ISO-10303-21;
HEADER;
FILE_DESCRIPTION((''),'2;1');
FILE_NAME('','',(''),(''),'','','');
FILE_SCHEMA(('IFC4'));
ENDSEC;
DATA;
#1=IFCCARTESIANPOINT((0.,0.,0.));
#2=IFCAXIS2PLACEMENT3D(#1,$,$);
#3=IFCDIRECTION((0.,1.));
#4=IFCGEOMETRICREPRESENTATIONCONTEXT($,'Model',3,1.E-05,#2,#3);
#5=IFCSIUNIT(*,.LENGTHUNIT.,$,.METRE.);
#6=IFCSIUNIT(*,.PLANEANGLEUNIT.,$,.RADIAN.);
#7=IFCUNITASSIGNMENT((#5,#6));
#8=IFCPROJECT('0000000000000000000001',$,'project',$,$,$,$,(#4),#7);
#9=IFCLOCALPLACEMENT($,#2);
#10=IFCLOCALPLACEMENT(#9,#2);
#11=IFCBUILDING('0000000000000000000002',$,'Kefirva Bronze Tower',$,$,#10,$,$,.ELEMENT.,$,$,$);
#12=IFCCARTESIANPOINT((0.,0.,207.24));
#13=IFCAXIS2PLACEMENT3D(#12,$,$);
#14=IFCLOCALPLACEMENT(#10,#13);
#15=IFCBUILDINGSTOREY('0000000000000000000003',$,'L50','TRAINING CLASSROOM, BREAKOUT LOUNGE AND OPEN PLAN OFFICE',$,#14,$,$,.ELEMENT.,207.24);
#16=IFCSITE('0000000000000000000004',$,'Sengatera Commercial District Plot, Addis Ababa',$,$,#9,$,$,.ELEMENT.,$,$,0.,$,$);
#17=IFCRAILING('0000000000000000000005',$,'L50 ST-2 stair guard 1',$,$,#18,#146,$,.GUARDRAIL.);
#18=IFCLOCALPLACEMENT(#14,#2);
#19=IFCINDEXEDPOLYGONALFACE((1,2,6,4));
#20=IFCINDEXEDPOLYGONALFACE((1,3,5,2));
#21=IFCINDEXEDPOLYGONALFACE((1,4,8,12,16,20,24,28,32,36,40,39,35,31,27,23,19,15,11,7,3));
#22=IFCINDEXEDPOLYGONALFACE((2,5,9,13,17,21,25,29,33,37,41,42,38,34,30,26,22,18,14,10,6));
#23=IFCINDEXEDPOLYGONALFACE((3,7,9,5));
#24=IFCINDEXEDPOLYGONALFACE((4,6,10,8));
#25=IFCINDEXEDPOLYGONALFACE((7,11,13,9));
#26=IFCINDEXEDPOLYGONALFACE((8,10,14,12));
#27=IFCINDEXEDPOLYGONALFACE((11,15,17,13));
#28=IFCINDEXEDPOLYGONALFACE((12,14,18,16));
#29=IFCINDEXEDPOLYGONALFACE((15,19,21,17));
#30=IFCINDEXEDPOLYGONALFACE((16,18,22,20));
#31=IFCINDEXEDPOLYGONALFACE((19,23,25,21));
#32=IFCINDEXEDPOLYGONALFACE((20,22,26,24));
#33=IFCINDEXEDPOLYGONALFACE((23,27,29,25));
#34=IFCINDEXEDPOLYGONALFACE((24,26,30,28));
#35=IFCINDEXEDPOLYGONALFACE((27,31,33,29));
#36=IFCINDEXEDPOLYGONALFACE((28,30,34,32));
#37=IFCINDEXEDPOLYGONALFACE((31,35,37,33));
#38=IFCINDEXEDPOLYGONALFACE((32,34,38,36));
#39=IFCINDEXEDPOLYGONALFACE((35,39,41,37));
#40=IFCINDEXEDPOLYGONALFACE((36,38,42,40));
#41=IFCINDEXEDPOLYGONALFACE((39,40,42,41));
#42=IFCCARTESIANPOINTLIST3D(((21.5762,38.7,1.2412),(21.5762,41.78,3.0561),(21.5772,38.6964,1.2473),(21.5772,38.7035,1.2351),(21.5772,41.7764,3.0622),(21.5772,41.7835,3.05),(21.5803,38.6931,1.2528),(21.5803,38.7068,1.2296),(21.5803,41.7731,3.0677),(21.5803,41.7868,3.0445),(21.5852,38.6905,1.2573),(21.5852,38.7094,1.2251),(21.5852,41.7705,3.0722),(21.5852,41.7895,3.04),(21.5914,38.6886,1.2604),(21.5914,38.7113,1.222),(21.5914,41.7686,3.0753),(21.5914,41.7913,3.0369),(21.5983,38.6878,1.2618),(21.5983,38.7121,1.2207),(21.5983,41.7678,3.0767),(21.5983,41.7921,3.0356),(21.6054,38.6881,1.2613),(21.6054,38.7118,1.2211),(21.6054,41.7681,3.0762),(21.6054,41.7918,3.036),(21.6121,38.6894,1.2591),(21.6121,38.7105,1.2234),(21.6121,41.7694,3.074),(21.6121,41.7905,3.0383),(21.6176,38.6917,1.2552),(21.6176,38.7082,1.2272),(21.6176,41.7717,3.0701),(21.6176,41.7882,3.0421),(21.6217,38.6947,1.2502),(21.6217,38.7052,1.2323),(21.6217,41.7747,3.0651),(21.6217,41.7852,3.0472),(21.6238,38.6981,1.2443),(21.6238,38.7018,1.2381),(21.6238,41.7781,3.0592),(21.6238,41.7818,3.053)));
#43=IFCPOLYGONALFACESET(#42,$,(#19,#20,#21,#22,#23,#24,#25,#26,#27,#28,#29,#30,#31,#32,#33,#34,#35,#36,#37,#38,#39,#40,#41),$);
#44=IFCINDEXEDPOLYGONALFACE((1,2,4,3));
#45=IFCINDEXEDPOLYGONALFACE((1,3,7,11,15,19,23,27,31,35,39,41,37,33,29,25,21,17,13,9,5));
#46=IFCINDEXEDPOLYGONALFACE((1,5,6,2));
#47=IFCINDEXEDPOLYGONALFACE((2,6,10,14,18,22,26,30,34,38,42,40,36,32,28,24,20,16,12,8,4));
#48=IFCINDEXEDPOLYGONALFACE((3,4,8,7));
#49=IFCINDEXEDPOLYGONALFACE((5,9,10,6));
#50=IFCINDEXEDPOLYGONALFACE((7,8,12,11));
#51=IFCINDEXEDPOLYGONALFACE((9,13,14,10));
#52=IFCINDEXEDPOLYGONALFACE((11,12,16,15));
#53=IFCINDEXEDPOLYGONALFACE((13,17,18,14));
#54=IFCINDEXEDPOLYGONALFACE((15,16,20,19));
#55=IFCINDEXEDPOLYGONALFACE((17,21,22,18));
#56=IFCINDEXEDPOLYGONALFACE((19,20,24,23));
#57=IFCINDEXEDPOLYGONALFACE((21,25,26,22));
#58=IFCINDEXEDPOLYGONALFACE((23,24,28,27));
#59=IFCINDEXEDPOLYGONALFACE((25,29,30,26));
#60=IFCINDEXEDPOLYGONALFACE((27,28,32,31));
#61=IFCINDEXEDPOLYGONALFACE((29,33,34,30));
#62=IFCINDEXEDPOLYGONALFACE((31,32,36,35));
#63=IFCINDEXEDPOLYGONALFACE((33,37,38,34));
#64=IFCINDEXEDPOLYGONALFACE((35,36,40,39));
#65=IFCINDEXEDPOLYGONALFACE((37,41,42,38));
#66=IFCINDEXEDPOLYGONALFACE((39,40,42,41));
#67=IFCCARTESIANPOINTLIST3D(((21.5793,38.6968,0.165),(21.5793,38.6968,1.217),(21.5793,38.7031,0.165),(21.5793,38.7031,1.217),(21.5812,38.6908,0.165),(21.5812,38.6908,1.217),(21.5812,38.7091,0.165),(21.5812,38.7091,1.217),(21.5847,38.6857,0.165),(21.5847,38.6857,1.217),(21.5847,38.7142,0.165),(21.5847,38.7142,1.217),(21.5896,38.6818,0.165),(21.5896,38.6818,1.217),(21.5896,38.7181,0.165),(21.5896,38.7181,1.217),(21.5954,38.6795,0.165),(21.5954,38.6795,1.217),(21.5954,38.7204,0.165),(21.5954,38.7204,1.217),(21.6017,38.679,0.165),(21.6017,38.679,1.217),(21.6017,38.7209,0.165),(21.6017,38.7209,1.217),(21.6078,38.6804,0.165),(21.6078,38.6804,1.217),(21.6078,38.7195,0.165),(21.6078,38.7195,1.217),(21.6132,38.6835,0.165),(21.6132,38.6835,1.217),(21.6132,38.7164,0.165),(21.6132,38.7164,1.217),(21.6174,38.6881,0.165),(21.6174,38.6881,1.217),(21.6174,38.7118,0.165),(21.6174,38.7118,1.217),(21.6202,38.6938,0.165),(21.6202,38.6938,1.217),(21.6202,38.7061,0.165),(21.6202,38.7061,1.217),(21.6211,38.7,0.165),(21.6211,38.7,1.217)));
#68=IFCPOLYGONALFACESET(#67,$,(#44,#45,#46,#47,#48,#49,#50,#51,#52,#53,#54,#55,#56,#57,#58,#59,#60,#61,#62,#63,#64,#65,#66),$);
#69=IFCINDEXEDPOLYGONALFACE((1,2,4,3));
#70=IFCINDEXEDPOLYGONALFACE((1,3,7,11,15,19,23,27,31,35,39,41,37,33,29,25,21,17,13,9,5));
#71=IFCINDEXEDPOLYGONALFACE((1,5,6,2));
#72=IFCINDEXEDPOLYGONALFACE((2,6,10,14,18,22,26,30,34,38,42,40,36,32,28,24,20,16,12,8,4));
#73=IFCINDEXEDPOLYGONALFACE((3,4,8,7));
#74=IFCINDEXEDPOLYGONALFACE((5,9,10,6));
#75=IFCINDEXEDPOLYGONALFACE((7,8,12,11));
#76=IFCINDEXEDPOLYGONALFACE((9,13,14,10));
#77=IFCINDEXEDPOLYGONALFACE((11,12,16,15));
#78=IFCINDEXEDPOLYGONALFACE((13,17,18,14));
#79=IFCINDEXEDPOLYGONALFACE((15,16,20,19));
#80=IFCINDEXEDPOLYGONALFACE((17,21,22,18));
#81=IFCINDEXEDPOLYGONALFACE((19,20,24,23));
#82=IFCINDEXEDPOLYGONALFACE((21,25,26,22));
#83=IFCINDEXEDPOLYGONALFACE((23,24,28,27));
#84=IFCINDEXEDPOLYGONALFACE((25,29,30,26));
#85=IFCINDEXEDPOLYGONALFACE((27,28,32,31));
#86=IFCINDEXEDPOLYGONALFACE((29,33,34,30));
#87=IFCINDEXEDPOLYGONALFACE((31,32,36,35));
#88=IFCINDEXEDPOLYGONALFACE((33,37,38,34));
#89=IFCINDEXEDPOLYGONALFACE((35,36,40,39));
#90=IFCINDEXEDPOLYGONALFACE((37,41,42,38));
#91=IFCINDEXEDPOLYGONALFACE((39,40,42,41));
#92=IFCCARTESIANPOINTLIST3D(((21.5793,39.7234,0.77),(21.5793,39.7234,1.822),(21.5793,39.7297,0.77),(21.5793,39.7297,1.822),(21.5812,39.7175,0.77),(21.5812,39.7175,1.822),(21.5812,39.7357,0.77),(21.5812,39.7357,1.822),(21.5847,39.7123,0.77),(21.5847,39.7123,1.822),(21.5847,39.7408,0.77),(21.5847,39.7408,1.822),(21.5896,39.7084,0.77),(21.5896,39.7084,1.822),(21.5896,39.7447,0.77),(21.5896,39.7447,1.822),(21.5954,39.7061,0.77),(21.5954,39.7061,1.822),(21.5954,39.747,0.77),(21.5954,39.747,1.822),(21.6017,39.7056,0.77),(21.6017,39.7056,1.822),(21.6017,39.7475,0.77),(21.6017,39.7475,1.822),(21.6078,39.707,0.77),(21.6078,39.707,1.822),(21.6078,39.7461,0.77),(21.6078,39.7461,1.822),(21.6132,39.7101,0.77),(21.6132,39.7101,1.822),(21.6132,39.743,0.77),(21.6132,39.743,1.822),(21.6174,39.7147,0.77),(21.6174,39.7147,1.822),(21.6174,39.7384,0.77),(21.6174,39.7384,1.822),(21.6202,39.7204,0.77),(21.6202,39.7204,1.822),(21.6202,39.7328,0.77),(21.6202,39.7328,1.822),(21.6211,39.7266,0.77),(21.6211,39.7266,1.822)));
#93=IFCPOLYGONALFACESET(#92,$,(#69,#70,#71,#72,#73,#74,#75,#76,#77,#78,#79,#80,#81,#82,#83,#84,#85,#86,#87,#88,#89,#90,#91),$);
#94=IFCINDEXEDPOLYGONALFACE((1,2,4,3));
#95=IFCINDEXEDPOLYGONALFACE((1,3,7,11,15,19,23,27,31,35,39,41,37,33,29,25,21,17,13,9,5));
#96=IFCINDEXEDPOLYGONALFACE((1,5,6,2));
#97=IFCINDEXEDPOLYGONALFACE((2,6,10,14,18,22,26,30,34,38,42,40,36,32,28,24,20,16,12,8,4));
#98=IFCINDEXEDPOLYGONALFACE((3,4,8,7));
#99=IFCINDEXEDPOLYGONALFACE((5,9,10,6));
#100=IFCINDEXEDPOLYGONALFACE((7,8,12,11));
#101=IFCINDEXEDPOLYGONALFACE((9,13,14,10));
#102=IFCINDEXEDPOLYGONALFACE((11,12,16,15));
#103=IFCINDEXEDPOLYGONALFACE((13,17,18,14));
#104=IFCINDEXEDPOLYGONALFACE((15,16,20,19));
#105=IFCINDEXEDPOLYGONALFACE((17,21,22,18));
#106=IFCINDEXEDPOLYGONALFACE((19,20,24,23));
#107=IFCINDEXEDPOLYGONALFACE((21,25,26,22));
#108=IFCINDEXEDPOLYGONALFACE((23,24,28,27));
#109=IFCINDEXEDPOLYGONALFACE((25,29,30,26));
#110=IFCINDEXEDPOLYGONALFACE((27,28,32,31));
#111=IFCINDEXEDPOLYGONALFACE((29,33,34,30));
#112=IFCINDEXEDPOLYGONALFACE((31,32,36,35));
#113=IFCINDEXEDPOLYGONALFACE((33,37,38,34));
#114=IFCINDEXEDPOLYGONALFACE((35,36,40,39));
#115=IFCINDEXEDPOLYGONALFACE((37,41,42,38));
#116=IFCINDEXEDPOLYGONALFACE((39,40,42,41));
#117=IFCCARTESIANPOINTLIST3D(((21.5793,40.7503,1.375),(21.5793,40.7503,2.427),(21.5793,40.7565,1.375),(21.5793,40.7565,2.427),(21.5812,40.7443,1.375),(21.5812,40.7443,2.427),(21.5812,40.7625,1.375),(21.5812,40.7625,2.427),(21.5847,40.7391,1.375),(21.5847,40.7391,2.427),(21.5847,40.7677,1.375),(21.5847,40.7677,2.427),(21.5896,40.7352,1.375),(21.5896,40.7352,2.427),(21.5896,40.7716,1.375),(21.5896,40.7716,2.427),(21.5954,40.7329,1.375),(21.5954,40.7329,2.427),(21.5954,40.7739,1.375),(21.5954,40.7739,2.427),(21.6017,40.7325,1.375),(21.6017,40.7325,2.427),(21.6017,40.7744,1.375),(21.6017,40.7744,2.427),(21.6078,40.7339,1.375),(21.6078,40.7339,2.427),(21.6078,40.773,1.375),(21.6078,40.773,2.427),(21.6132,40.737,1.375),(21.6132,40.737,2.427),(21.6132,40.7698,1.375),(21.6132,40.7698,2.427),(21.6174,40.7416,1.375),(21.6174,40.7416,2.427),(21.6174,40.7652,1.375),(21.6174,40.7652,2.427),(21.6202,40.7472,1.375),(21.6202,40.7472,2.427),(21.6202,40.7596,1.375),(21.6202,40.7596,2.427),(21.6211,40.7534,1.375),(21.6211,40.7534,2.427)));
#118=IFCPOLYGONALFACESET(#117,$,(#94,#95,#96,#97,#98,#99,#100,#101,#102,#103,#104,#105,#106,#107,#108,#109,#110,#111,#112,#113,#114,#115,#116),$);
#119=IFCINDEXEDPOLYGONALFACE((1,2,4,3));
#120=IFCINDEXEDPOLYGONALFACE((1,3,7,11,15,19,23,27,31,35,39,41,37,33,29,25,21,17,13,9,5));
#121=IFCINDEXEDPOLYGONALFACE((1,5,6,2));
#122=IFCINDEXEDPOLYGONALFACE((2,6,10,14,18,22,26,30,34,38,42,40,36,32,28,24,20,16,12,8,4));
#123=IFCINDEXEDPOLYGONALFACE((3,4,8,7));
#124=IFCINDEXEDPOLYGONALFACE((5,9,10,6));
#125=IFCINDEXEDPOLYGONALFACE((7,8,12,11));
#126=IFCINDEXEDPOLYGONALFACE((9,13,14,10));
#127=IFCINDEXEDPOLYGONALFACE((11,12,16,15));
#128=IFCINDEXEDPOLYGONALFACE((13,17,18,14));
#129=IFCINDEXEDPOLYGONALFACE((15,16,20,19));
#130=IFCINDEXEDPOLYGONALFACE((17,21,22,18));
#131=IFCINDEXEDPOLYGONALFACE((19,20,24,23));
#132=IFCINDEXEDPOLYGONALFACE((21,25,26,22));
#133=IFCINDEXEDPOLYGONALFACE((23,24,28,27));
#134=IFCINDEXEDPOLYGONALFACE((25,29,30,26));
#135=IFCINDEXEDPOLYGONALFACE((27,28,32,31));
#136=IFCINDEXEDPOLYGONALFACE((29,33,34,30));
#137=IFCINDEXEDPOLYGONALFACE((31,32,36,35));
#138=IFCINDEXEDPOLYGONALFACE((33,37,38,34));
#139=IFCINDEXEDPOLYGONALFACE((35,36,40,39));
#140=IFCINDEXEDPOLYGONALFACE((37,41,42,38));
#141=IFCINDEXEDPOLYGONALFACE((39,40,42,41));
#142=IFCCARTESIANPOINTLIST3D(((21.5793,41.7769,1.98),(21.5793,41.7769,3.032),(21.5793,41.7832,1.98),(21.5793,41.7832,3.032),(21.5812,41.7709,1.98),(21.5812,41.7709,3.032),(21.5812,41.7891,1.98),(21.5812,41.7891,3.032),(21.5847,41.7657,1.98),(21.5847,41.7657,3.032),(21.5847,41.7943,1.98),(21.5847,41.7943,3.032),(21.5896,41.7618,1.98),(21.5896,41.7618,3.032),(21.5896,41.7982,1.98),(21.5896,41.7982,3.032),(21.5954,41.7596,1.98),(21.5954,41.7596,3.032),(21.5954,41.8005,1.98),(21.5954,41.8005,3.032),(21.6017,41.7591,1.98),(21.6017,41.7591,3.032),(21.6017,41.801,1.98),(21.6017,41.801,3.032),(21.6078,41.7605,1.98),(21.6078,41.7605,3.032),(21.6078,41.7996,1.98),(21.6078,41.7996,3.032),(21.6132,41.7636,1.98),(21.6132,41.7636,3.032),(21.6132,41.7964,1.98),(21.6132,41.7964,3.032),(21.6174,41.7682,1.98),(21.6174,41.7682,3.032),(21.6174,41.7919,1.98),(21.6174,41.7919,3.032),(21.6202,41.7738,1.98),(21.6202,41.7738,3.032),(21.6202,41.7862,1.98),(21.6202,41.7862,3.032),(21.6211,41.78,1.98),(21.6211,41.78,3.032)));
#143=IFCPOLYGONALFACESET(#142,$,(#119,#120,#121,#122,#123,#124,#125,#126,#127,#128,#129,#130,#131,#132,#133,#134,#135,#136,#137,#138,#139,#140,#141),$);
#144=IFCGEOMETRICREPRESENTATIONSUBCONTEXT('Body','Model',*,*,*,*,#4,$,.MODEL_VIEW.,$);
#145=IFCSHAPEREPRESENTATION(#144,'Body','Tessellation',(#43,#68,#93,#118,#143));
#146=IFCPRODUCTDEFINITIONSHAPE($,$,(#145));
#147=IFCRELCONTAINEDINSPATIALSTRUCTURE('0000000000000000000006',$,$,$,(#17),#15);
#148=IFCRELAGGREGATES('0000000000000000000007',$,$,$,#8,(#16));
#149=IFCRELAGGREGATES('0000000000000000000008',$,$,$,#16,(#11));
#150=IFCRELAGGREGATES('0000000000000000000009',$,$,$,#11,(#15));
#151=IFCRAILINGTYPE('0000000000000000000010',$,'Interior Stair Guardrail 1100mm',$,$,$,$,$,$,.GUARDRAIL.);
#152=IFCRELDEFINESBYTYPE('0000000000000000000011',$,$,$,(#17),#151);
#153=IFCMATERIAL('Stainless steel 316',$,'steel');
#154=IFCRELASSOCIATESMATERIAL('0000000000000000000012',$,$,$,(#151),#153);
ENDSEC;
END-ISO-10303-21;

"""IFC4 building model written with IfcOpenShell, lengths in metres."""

from ifc_helpers import new_model, si_unit, direction, frame, origin, origin_2d, place, context, subcontext, project, spatial, circle, extrude, material, type_object, element, save


model = new_model("IFC4")

# Units and contexts
model_context = context("Model", 3, precision=1e-05, world=origin(), true_north=direction((0.0, 1.0)))
body_context = subcontext(model_context, "Body", "Model", "MODEL_VIEW")
ifc_project = project(units=[si_unit("LENGTHUNIT", "METRE"), si_unit("PLANEANGLEUNIT", "RADIAN")], contexts=[model_context])

# Site, building, storey
site_placement = place(None, origin())
site = spatial("IfcSite", under=ifc_project, at=site_placement, Name="Sengatera Commercial District Plot, Addis Ababa", CompositionType="ELEMENT", RefElevation=0.0)
building_placement = place(site_placement, origin())
building = spatial("IfcBuilding", under=site, at=building_placement, Name="Kefirva Bronze Tower", CompositionType="ELEMENT")
storey_placement = place(building_placement, frame((0.0, 0.0, 207.24)))
storey = spatial("IfcBuildingStorey", under=building, at=storey_placement, Name="L50", Description="TRAINING CLASSROOM, BREAKOUT LOUNGE AND OPEN PLAN OFFICE", CompositionType="ELEMENT", Elevation=207.24)

# Railing
ifc_material_1 = material(Name="Stainless steel 316", Category="steel")
railing_type_1 = type_object("IfcRailingType", Name="Interior Stair Guardrail 1100mm", PredefinedType="GUARDRAIL", material=ifc_material_1)
railing_1_placement = place(storey_placement, frame((21.6001, 38.7, 0.165)))
element("IfcRailing", 1, at=railing_1_placement, inside=storey, type_object=railing_type_1, Name="L50 ST-2 stair guard 1", PredefinedType="GUARDRAIL", context=body_context, shape_type="SweptSolid", body=[
    extrude(circle(Radius=0.0239, at=origin_2d()), frame((0.0, 0.0, 1.0762), z_axis=(0.0, 0.861551, 0.507671), x_axis=(-1.0, 0.0, 0.0)), (0.0, 0.0, 1.0), 3.575),
    extrude(circle(Radius=0.021, at=origin_2d()), origin(), (0.0, 0.0, 1.0), 1.052),
    extrude(circle(Radius=0.021, at=origin_2d()), frame((0.0, 1.0266, 0.605)), (0.0, 0.0, 1.0), 1.052),
    extrude(circle(Radius=0.021, at=origin_2d()), frame((0.0, 2.0535, 1.21)), (0.0, 0.0, 1.0), 1.052),
    extrude(circle(Radius=0.021, at=origin_2d()), frame((0.0, 3.0801, 1.8149)), (0.0, 0.0, 1.0), 1.052),
])

save(model, "model.ifc")
